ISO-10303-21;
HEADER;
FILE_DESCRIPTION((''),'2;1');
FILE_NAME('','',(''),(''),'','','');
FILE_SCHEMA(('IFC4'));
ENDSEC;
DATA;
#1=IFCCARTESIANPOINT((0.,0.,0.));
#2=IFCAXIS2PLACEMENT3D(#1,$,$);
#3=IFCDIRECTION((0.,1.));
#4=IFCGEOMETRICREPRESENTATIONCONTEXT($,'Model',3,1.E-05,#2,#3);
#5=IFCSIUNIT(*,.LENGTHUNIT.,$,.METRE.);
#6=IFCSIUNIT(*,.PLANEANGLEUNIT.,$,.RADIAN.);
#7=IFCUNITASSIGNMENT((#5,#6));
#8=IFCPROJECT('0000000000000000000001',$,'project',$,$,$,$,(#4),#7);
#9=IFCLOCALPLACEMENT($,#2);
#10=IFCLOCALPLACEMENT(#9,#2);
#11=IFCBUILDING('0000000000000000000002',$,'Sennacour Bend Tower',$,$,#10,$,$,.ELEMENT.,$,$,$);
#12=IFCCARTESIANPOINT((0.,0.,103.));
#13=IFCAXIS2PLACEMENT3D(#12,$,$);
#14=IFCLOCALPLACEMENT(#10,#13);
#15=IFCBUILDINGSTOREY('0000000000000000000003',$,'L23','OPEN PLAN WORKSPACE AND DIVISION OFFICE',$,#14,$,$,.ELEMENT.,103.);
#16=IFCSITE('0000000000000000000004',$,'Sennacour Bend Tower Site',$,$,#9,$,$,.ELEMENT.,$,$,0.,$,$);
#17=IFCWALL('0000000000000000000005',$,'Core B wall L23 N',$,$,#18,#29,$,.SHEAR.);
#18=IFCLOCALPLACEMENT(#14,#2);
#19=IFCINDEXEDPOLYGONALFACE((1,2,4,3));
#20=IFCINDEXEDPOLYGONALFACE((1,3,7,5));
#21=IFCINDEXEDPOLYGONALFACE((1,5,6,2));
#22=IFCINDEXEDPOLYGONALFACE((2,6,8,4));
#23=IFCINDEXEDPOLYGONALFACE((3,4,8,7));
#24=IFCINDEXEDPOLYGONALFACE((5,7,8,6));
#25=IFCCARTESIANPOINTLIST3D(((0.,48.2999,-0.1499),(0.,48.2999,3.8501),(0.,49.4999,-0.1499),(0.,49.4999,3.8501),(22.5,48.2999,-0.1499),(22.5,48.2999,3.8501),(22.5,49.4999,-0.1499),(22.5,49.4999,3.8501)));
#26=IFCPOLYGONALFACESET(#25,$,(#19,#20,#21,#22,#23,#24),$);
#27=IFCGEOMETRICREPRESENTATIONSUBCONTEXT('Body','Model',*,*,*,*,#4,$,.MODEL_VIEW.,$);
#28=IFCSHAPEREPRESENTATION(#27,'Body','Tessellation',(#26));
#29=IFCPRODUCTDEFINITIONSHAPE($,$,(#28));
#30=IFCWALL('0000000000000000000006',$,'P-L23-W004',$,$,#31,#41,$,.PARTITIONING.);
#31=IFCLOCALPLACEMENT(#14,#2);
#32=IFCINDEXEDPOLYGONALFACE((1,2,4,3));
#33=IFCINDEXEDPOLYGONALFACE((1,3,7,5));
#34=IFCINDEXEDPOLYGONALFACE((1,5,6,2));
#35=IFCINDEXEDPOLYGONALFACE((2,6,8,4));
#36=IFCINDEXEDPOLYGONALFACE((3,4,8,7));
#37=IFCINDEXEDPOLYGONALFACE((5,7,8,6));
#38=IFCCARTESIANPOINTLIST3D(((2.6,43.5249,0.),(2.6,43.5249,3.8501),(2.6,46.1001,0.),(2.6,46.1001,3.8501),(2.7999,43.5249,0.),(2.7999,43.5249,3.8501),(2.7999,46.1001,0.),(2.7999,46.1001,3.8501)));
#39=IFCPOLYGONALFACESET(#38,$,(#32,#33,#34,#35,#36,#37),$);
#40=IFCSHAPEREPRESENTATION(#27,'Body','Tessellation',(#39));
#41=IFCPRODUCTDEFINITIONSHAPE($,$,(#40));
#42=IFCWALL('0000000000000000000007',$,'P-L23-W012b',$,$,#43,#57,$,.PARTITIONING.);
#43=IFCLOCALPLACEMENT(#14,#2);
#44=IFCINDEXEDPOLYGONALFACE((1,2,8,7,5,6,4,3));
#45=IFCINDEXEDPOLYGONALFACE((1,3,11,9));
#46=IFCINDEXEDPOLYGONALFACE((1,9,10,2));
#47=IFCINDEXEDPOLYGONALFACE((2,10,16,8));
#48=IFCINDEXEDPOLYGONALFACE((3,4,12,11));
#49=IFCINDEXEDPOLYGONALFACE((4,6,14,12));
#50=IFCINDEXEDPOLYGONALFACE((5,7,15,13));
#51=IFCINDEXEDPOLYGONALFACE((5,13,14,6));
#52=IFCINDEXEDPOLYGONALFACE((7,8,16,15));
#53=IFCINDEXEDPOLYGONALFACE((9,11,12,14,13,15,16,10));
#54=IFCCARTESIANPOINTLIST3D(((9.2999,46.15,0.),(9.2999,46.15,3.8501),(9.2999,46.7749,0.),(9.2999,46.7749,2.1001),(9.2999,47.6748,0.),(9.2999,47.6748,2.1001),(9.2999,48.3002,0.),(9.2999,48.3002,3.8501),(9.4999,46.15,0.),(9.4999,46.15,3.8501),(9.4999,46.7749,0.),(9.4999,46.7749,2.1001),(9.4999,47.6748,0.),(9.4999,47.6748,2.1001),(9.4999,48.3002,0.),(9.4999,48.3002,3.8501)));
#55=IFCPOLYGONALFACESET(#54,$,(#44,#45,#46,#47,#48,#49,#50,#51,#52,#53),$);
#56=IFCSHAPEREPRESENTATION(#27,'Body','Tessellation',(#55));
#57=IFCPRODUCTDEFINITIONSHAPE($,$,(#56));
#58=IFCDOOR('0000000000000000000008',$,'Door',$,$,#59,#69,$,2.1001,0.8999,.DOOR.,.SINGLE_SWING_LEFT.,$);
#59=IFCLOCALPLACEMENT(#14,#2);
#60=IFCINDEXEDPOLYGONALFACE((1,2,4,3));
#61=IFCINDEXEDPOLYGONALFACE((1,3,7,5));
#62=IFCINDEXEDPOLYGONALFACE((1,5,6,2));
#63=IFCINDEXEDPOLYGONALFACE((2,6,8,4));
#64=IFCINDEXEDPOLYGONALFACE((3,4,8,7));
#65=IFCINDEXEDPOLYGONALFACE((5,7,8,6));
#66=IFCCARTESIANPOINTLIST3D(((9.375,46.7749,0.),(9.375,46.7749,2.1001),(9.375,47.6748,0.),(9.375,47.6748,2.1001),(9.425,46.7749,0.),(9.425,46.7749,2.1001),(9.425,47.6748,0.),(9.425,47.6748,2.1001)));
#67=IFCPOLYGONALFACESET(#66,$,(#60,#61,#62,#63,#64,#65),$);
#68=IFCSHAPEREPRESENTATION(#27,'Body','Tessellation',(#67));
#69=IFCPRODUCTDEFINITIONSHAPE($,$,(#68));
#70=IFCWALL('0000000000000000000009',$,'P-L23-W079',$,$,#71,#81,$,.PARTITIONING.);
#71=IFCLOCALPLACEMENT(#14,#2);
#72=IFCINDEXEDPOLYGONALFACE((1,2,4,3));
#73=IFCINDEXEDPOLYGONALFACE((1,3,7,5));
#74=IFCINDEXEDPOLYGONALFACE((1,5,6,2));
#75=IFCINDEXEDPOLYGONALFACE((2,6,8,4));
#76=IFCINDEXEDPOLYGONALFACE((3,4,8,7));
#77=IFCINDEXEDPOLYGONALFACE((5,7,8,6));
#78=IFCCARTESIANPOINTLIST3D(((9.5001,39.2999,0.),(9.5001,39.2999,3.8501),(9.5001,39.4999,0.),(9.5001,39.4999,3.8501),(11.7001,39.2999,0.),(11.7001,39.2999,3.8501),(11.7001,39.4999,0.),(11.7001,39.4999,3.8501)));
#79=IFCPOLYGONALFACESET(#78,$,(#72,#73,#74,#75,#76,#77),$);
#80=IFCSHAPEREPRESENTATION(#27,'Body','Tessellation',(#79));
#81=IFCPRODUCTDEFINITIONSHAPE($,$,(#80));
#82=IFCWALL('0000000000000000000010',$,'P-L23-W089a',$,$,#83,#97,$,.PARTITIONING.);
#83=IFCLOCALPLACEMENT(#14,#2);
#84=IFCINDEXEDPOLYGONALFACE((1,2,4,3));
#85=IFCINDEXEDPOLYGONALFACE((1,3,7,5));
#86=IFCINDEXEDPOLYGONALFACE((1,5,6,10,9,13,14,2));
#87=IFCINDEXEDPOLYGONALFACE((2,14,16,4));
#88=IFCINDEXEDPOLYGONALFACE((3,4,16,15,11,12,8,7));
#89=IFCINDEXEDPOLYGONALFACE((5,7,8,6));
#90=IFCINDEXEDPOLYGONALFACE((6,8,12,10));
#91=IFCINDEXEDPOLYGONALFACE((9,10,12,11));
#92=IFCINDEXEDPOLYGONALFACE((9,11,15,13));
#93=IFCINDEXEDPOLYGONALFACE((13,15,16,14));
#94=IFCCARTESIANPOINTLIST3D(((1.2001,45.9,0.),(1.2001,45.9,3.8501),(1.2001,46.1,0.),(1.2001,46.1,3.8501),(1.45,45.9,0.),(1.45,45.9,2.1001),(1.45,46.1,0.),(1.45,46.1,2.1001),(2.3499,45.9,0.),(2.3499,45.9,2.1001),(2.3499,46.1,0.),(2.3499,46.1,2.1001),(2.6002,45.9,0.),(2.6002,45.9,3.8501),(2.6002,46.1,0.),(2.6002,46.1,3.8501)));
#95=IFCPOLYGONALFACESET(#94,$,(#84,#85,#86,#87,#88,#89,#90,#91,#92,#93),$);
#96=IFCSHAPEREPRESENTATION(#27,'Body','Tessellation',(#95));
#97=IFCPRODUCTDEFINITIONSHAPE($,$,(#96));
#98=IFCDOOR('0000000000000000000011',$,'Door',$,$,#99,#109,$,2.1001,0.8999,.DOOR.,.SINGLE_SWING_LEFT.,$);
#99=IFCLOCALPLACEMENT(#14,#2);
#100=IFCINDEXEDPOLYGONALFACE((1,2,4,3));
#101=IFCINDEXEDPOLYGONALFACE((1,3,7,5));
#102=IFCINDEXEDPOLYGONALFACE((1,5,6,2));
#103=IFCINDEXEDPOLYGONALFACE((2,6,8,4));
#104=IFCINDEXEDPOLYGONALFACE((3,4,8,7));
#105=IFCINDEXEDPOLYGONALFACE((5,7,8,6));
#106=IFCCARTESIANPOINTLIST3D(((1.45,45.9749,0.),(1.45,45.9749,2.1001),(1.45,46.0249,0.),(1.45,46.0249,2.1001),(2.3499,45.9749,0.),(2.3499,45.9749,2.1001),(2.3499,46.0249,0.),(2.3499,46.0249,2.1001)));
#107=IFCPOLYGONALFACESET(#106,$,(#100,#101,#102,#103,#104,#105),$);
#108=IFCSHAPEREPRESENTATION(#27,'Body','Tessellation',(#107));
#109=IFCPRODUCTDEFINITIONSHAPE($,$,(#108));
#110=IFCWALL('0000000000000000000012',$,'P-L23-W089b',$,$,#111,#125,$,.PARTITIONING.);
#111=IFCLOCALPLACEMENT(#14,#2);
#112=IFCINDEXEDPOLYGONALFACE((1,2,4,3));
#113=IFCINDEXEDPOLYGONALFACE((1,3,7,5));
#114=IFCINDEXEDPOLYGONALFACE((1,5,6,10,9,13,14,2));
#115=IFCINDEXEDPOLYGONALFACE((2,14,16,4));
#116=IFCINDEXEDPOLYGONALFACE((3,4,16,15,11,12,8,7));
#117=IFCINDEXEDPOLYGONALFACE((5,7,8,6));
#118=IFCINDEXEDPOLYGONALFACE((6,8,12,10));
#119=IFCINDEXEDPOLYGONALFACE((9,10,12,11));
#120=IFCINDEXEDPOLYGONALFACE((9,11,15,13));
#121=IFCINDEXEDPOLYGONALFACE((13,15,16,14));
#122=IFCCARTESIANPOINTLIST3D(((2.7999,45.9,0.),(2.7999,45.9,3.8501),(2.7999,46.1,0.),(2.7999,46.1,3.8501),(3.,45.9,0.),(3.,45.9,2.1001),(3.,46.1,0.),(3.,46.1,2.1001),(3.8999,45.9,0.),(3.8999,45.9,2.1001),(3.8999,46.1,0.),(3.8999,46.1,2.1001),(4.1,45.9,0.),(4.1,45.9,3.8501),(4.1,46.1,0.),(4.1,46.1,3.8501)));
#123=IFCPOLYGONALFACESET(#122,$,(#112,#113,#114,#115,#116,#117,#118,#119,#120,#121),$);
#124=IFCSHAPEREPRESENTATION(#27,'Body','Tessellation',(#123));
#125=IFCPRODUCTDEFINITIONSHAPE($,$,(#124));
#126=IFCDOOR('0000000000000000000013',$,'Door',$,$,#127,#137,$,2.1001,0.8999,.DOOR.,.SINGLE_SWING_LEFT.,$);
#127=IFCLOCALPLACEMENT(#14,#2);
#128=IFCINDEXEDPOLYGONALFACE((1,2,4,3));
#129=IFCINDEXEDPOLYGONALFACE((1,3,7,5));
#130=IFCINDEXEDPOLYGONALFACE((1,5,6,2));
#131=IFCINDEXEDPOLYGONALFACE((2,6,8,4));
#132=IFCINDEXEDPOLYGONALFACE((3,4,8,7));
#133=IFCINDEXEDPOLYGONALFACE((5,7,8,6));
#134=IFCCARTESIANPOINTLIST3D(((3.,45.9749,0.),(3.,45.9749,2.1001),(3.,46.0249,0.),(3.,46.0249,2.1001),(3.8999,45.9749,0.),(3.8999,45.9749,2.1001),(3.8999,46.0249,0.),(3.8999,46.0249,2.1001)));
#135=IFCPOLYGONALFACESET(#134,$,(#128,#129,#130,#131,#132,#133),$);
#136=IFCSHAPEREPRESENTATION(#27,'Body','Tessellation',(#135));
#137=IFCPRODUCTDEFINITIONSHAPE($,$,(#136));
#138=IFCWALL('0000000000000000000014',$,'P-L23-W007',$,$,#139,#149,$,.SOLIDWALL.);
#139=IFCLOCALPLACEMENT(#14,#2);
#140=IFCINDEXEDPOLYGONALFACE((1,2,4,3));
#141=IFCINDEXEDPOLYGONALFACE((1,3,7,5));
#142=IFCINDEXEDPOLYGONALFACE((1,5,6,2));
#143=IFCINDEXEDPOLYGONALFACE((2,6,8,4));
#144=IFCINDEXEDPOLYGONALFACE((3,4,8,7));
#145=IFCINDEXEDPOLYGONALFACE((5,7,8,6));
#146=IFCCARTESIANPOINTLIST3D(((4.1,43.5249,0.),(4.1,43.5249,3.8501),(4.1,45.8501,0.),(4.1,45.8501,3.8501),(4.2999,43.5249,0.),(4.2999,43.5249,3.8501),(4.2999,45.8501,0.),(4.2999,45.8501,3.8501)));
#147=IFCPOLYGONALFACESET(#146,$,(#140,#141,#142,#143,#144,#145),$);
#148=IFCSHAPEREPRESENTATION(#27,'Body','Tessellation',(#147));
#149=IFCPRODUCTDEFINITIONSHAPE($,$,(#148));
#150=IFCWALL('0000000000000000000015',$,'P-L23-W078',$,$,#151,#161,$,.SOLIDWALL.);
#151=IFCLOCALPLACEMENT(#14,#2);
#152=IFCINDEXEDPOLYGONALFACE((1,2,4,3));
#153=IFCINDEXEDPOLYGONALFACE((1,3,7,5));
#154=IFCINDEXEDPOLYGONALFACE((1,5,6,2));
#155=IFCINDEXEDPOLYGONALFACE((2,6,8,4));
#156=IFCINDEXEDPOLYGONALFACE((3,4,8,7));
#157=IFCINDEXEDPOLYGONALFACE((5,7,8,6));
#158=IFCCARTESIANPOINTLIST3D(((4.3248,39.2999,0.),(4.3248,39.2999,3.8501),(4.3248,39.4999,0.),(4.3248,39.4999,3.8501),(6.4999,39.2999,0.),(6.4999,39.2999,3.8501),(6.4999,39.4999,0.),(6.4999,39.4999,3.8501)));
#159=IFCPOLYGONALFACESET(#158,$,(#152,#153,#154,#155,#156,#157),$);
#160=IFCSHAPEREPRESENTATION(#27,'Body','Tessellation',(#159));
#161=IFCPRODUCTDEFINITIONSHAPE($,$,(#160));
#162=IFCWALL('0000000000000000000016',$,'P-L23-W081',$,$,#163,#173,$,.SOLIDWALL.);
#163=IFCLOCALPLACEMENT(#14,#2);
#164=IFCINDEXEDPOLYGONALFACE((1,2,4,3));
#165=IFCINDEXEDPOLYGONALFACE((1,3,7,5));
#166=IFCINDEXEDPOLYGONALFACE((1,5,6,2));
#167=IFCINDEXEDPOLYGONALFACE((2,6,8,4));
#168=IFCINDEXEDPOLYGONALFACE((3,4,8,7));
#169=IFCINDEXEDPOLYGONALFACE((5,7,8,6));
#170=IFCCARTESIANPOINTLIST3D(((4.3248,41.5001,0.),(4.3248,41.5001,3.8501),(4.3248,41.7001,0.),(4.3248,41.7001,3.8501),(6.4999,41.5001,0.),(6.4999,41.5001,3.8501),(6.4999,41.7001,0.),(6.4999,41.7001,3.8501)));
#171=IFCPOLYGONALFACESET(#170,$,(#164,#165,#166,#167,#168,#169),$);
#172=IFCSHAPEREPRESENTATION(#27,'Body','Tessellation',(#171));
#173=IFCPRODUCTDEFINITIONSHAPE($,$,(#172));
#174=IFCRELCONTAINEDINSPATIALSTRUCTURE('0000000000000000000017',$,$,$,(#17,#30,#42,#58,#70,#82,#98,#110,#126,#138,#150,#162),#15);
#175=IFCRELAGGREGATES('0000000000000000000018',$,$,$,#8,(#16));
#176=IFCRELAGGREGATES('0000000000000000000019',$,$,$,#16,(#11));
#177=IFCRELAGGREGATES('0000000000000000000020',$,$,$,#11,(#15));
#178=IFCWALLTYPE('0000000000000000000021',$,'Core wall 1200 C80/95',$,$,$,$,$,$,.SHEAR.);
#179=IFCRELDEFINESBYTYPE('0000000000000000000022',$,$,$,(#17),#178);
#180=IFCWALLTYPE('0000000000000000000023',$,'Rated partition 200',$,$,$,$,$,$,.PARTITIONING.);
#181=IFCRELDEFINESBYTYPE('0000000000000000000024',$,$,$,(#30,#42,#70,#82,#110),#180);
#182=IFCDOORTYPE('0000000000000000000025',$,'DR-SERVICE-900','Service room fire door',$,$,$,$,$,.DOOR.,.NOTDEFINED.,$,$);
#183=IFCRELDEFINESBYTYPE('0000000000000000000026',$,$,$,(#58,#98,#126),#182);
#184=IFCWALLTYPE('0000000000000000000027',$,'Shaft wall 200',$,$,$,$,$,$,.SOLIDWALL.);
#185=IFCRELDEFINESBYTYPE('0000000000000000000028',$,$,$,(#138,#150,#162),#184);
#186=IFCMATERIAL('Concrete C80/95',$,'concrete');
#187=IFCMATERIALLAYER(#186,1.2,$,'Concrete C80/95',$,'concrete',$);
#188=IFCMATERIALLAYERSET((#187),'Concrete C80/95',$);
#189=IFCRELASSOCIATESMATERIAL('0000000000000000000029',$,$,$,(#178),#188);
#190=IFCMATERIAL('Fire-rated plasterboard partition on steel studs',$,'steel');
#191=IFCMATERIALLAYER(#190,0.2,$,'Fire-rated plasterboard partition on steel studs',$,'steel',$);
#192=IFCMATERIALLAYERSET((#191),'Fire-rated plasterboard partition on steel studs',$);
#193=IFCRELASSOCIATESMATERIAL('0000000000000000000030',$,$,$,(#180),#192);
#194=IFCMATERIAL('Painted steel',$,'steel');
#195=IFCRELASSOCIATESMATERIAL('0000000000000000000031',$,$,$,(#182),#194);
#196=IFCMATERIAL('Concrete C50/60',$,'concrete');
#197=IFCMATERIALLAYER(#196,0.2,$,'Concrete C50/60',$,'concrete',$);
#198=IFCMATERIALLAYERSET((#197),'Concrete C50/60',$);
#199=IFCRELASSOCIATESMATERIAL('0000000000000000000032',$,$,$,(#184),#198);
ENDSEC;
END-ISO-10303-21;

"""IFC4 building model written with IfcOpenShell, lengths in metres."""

from ifc_helpers import new_model, si_unit, direction, frame, frame_2d, origin, place, context, subcontext, project, spatial, rectangle, extrude, material, layer, layer_set, type_object, element, fill, save


model = new_model("IFC4")

# Units and contexts
model_context = context("Model", 3, precision=1e-05, world=origin(), true_north=direction((0.0, 1.0)))
body_context = subcontext(model_context, "Body", "Model", "MODEL_VIEW")
ifc_project = project(units=[si_unit("LENGTHUNIT", "METRE"), si_unit("PLANEANGLEUNIT", "RADIAN")], contexts=[model_context])

# Site, building, storey
site_placement = place(None, origin())
site = spatial("IfcSite", under=ifc_project, at=site_placement, Name="Sennacour Bend Tower Site", CompositionType="ELEMENT", RefElevation=0.0)
building_placement = place(site_placement, origin())
building = spatial("IfcBuilding", under=site, at=building_placement, Name="Sennacour Bend Tower", CompositionType="ELEMENT")
storey_placement = place(building_placement, frame((0.0, 0.0, 103.0)))
storey = spatial("IfcBuildingStorey", under=building, at=storey_placement, Name="L23", Description="OPEN PLAN WORKSPACE AND DIVISION OFFICE", CompositionType="ELEMENT", Elevation=103.0)

# Walls
ifc_material_1 = material(Name="Concrete C80/95", Category="concrete")
ifc_layer_1 = layer(ifc_material_1, 1.2, Name="Concrete C80/95", Category="concrete")
ifc_layer_set_1 = layer_set([ifc_layer_1], Name="Concrete C80/95")
wall_type_1 = type_object("IfcWallType", Name="Core wall 1200 C80/95", PredefinedType="SHEAR", material=ifc_layer_set_1)
wall_1_placement = place(storey_placement, frame((0.0, 48.8999, -0.1499), z_axis=(0.0, 0.0, 1.0), x_axis=(1.0, 0.0, 0.0)))
element("IfcWall", 1, at=wall_1_placement, inside=storey, type_object=wall_type_1, Name="Core B wall L23 N", PredefinedType="SHEAR", context=body_context, shape_type="SweptSolid", body=[
    extrude(rectangle(XDim=22.5, YDim=1.2, at=frame_2d((11.25, 0.0))), origin(), (0.0, 0.0, 1.0), 4.0),
])
ifc_material_2 = material(Name="Fire-rated plasterboard partition on steel studs", Category="steel")
ifc_layer_2 = layer(ifc_material_2, 0.2, Name="Fire-rated plasterboard partition on steel studs", Category="steel")
ifc_layer_set_2 = layer_set([ifc_layer_2], Name="Fire-rated plasterboard partition on steel studs")
wall_type_2 = type_object("IfcWallType", Name="Rated partition 200", PredefinedType="PARTITIONING", material=ifc_layer_set_2)
wall_2_placement = place(storey_placement, frame((2.7, 43.5249, 0.0), z_axis=(0.0, 0.0, 1.0), x_axis=(0.0, 1.0, 0.0)))
element("IfcWall", 2, at=wall_2_placement, inside=storey, type_object=wall_type_2, Name="P-L23-W004", PredefinedType="PARTITIONING", context=body_context, shape_type="SweptSolid", body=[
    extrude(rectangle(XDim=2.5752, YDim=0.2, at=frame_2d((1.2876, 0.0))), origin(), (0.0, 0.0, 1.0), 3.8501),
])

# Wall, opening, door
wall_3_placement = place(storey_placement, frame((9.3999, 46.1499, 0.0), z_axis=(0.0, 0.0, 1.0), x_axis=(0.0, 1.0, 0.0)))
wall_3 = element("IfcWall", 3, at=wall_3_placement, inside=storey, type_object=wall_type_2, Name="P-L23-W012b", PredefinedType="PARTITIONING", context=body_context, shape_type="SweptSolid", body=[
    extrude(rectangle(XDim=2.1501, YDim=0.2, at=frame_2d((1.0752, 0.0))), origin(), (0.0, 0.0, 1.0), 3.8501),
])
opening_1_placement = place(wall_3_placement, frame((0.625, 0.0, 0.0)))
opening_1 = element("IfcOpeningElement", 4, at=opening_1_placement, cuts=wall_3, PredefinedType="OPENING", context=body_context, shape_type="SweptSolid", body=[
    extrude(rectangle(XDim=0.8999, YDim=2.1001, at=frame_2d((0.45, 1.05))), frame((0.0, 0.1099, 0.0), z_axis=(0.0, -1.0, 0.0), x_axis=(1.0, 0.0, 0.0)), (0.0, 0.0, 1.0), 0.22),
])
ifc_material_3 = material(Name="Painted steel", Category="steel")
door_type_1 = type_object("IfcDoorType", Name="DR-SERVICE-900", Description="Service room fire door", OperationType="NOTDEFINED", PredefinedType="DOOR", material=ifc_material_3)
door_1_placement = place(opening_1_placement, origin())
door_1 = element("IfcDoor", 5, at=door_1_placement, inside=storey, type_object=door_type_1, Name="Door", OperationType="SINGLE_SWING_LEFT", OverallHeight=2.1001, OverallWidth=0.8999, PredefinedType="DOOR", context=body_context, shape_type="SweptSolid", body=[
    extrude(rectangle(XDim=0.8999, YDim=2.1001, at=frame_2d((0.45, 1.05))), frame((0.0, 0.0249, 0.0), z_axis=(0.0, -1.0, 0.0), x_axis=(1.0, 0.0, 0.0)), (0.0, 0.0, 1.0), 0.05),
])
fill(opening_1, door_1)

# Wall
wall_4_placement = place(storey_placement, frame((9.5, 39.3999, 0.0), z_axis=(0.0, 0.0, 1.0), x_axis=(1.0, 0.0, 0.0)))
element("IfcWall", 6, at=wall_4_placement, inside=storey, type_object=wall_type_2, Name="P-L23-W079", PredefinedType="PARTITIONING", context=body_context, shape_type="SweptSolid", body=[
    extrude(rectangle(XDim=2.2, YDim=0.2, at=frame_2d((1.1001, 0.0))), origin(), (0.0, 0.0, 1.0), 3.8501),
])

# Walls, openings, doors
wall_5_placement = place(storey_placement, frame((1.2, 46.0, 0.0), z_axis=(0.0, 0.0, 1.0), x_axis=(1.0, 0.0, 0.0)))
wall_5 = element("IfcWall", 7, at=wall_5_placement, inside=storey, type_object=wall_type_2, Name="P-L23-W089a", PredefinedType="PARTITIONING", context=body_context, shape_type="SweptSolid", body=[
    extrude(rectangle(XDim=1.4001, YDim=0.2, at=frame_2d((0.7002, 0.0))), origin(), (0.0, 0.0, 1.0), 3.8501),
])
opening_2_placement = place(wall_5_placement, frame((0.25, 0.0, 0.0)))
opening_2 = element("IfcOpeningElement", 8, at=opening_2_placement, cuts=wall_5, PredefinedType="OPENING", context=body_context, shape_type="SweptSolid", body=[
    extrude(rectangle(XDim=0.8999, YDim=2.1001, at=frame_2d((0.45, 1.05))), frame((0.0, 0.1099, 0.0), z_axis=(0.0, -1.0, 0.0), x_axis=(1.0, 0.0, 0.0)), (0.0, 0.0, 1.0), 0.22),
])
door_2_placement = place(opening_2_placement, origin())
door_2 = element("IfcDoor", 9, at=door_2_placement, inside=storey, type_object=door_type_1, Name="Door", OperationType="SINGLE_SWING_LEFT", OverallHeight=2.1001, OverallWidth=0.8999, PredefinedType="DOOR", context=body_context, shape_type="SweptSolid", body=[
    extrude(rectangle(XDim=0.8999, YDim=2.1001, at=frame_2d((0.45, 1.05))), frame((0.0, 0.0249, 0.0), z_axis=(0.0, -1.0, 0.0), x_axis=(1.0, 0.0, 0.0)), (0.0, 0.0, 1.0), 0.05),
])
fill(opening_2, door_2)
wall_6_placement = place(storey_placement, frame((2.8, 46.0, 0.0), z_axis=(0.0, 0.0, 1.0), x_axis=(1.0, 0.0, 0.0)))
wall_6 = element("IfcWall", 10, at=wall_6_placement, inside=storey, type_object=wall_type_2, Name="P-L23-W089b", PredefinedType="PARTITIONING", context=body_context, shape_type="SweptSolid", body=[
    extrude(rectangle(XDim=1.3, YDim=0.2, at=frame_2d((0.6499, 0.0))), origin(), (0.0, 0.0, 1.0), 3.8501),
])
opening_3_placement = place(wall_6_placement, frame((0.2, 0.0, 0.0)))
opening_3 = element("IfcOpeningElement", 11, at=opening_3_placement, cuts=wall_6, PredefinedType="OPENING", context=body_context, shape_type="SweptSolid", body=[
    extrude(rectangle(XDim=0.8999, YDim=2.1001, at=frame_2d((0.45, 1.05))), frame((0.0, 0.1099, 0.0), z_axis=(0.0, -1.0, 0.0), x_axis=(1.0, 0.0, 0.0)), (0.0, 0.0, 1.0), 0.22),
])
door_3_placement = place(opening_3_placement, origin())
door_3 = element("IfcDoor", 12, at=door_3_placement, inside=storey, type_object=door_type_1, Name="Door", OperationType="SINGLE_SWING_LEFT", OverallHeight=2.1001, OverallWidth=0.8999, PredefinedType="DOOR", context=body_context, shape_type="SweptSolid", body=[
    extrude(rectangle(XDim=0.8999, YDim=2.1001, at=frame_2d((0.45, 1.05))), frame((0.0, 0.0249, 0.0), z_axis=(0.0, -1.0, 0.0), x_axis=(1.0, 0.0, 0.0)), (0.0, 0.0, 1.0), 0.05),
])
fill(opening_3, door_3)

# Walls
ifc_material_4 = material(Name="Concrete C50/60", Category="concrete")
ifc_layer_3 = layer(ifc_material_4, 0.2, Name="Concrete C50/60", Category="concrete")
ifc_layer_set_3 = layer_set([ifc_layer_3], Name="Concrete C50/60")
wall_type_3 = type_object("IfcWallType", Name="Shaft wall 200", PredefinedType="SOLIDWALL", material=ifc_layer_set_3)
wall_7_placement = place(storey_placement, frame((4.2, 43.5249, 0.0), z_axis=(0.0, 0.0, 1.0), x_axis=(0.0, 1.0, 0.0)))
element("IfcWall", 13, at=wall_7_placement, inside=storey, type_object=wall_type_3, Name="P-L23-W007", PredefinedType="SOLIDWALL", context=body_context, shape_type="SweptSolid", body=[
    extrude(rectangle(XDim=2.3252, YDim=0.2, at=frame_2d((1.1626, 0.0))), origin(), (0.0, 0.0, 1.0), 3.8501),
])
for number, where, z_axis, x_axis, name in (
    (14, (4.325, 39.3999, 0.0), (0.0, 0.0, 1.0), (1.0, 0.0, 0.0), "P-L23-W078"),
    (15, (4.325, 41.6001, 0.0), (0.0, 0.0, 1.0), (1.0, 0.0, 0.0), "P-L23-W081"),
):
    element("IfcWall", number, at=place(storey_placement, frame(where, z_axis=z_axis, x_axis=x_axis)), inside=storey, type_object=wall_type_3, Name=name, PredefinedType="SOLIDWALL", context=body_context, shape_type="SweptSolid", body=[
        extrude(rectangle(XDim=2.175, YDim=0.2, at=frame_2d((1.0874, 0.0))), origin(), (0.0, 0.0, 1.0), 3.8501),
    ])

save(model, "model.ifc")
